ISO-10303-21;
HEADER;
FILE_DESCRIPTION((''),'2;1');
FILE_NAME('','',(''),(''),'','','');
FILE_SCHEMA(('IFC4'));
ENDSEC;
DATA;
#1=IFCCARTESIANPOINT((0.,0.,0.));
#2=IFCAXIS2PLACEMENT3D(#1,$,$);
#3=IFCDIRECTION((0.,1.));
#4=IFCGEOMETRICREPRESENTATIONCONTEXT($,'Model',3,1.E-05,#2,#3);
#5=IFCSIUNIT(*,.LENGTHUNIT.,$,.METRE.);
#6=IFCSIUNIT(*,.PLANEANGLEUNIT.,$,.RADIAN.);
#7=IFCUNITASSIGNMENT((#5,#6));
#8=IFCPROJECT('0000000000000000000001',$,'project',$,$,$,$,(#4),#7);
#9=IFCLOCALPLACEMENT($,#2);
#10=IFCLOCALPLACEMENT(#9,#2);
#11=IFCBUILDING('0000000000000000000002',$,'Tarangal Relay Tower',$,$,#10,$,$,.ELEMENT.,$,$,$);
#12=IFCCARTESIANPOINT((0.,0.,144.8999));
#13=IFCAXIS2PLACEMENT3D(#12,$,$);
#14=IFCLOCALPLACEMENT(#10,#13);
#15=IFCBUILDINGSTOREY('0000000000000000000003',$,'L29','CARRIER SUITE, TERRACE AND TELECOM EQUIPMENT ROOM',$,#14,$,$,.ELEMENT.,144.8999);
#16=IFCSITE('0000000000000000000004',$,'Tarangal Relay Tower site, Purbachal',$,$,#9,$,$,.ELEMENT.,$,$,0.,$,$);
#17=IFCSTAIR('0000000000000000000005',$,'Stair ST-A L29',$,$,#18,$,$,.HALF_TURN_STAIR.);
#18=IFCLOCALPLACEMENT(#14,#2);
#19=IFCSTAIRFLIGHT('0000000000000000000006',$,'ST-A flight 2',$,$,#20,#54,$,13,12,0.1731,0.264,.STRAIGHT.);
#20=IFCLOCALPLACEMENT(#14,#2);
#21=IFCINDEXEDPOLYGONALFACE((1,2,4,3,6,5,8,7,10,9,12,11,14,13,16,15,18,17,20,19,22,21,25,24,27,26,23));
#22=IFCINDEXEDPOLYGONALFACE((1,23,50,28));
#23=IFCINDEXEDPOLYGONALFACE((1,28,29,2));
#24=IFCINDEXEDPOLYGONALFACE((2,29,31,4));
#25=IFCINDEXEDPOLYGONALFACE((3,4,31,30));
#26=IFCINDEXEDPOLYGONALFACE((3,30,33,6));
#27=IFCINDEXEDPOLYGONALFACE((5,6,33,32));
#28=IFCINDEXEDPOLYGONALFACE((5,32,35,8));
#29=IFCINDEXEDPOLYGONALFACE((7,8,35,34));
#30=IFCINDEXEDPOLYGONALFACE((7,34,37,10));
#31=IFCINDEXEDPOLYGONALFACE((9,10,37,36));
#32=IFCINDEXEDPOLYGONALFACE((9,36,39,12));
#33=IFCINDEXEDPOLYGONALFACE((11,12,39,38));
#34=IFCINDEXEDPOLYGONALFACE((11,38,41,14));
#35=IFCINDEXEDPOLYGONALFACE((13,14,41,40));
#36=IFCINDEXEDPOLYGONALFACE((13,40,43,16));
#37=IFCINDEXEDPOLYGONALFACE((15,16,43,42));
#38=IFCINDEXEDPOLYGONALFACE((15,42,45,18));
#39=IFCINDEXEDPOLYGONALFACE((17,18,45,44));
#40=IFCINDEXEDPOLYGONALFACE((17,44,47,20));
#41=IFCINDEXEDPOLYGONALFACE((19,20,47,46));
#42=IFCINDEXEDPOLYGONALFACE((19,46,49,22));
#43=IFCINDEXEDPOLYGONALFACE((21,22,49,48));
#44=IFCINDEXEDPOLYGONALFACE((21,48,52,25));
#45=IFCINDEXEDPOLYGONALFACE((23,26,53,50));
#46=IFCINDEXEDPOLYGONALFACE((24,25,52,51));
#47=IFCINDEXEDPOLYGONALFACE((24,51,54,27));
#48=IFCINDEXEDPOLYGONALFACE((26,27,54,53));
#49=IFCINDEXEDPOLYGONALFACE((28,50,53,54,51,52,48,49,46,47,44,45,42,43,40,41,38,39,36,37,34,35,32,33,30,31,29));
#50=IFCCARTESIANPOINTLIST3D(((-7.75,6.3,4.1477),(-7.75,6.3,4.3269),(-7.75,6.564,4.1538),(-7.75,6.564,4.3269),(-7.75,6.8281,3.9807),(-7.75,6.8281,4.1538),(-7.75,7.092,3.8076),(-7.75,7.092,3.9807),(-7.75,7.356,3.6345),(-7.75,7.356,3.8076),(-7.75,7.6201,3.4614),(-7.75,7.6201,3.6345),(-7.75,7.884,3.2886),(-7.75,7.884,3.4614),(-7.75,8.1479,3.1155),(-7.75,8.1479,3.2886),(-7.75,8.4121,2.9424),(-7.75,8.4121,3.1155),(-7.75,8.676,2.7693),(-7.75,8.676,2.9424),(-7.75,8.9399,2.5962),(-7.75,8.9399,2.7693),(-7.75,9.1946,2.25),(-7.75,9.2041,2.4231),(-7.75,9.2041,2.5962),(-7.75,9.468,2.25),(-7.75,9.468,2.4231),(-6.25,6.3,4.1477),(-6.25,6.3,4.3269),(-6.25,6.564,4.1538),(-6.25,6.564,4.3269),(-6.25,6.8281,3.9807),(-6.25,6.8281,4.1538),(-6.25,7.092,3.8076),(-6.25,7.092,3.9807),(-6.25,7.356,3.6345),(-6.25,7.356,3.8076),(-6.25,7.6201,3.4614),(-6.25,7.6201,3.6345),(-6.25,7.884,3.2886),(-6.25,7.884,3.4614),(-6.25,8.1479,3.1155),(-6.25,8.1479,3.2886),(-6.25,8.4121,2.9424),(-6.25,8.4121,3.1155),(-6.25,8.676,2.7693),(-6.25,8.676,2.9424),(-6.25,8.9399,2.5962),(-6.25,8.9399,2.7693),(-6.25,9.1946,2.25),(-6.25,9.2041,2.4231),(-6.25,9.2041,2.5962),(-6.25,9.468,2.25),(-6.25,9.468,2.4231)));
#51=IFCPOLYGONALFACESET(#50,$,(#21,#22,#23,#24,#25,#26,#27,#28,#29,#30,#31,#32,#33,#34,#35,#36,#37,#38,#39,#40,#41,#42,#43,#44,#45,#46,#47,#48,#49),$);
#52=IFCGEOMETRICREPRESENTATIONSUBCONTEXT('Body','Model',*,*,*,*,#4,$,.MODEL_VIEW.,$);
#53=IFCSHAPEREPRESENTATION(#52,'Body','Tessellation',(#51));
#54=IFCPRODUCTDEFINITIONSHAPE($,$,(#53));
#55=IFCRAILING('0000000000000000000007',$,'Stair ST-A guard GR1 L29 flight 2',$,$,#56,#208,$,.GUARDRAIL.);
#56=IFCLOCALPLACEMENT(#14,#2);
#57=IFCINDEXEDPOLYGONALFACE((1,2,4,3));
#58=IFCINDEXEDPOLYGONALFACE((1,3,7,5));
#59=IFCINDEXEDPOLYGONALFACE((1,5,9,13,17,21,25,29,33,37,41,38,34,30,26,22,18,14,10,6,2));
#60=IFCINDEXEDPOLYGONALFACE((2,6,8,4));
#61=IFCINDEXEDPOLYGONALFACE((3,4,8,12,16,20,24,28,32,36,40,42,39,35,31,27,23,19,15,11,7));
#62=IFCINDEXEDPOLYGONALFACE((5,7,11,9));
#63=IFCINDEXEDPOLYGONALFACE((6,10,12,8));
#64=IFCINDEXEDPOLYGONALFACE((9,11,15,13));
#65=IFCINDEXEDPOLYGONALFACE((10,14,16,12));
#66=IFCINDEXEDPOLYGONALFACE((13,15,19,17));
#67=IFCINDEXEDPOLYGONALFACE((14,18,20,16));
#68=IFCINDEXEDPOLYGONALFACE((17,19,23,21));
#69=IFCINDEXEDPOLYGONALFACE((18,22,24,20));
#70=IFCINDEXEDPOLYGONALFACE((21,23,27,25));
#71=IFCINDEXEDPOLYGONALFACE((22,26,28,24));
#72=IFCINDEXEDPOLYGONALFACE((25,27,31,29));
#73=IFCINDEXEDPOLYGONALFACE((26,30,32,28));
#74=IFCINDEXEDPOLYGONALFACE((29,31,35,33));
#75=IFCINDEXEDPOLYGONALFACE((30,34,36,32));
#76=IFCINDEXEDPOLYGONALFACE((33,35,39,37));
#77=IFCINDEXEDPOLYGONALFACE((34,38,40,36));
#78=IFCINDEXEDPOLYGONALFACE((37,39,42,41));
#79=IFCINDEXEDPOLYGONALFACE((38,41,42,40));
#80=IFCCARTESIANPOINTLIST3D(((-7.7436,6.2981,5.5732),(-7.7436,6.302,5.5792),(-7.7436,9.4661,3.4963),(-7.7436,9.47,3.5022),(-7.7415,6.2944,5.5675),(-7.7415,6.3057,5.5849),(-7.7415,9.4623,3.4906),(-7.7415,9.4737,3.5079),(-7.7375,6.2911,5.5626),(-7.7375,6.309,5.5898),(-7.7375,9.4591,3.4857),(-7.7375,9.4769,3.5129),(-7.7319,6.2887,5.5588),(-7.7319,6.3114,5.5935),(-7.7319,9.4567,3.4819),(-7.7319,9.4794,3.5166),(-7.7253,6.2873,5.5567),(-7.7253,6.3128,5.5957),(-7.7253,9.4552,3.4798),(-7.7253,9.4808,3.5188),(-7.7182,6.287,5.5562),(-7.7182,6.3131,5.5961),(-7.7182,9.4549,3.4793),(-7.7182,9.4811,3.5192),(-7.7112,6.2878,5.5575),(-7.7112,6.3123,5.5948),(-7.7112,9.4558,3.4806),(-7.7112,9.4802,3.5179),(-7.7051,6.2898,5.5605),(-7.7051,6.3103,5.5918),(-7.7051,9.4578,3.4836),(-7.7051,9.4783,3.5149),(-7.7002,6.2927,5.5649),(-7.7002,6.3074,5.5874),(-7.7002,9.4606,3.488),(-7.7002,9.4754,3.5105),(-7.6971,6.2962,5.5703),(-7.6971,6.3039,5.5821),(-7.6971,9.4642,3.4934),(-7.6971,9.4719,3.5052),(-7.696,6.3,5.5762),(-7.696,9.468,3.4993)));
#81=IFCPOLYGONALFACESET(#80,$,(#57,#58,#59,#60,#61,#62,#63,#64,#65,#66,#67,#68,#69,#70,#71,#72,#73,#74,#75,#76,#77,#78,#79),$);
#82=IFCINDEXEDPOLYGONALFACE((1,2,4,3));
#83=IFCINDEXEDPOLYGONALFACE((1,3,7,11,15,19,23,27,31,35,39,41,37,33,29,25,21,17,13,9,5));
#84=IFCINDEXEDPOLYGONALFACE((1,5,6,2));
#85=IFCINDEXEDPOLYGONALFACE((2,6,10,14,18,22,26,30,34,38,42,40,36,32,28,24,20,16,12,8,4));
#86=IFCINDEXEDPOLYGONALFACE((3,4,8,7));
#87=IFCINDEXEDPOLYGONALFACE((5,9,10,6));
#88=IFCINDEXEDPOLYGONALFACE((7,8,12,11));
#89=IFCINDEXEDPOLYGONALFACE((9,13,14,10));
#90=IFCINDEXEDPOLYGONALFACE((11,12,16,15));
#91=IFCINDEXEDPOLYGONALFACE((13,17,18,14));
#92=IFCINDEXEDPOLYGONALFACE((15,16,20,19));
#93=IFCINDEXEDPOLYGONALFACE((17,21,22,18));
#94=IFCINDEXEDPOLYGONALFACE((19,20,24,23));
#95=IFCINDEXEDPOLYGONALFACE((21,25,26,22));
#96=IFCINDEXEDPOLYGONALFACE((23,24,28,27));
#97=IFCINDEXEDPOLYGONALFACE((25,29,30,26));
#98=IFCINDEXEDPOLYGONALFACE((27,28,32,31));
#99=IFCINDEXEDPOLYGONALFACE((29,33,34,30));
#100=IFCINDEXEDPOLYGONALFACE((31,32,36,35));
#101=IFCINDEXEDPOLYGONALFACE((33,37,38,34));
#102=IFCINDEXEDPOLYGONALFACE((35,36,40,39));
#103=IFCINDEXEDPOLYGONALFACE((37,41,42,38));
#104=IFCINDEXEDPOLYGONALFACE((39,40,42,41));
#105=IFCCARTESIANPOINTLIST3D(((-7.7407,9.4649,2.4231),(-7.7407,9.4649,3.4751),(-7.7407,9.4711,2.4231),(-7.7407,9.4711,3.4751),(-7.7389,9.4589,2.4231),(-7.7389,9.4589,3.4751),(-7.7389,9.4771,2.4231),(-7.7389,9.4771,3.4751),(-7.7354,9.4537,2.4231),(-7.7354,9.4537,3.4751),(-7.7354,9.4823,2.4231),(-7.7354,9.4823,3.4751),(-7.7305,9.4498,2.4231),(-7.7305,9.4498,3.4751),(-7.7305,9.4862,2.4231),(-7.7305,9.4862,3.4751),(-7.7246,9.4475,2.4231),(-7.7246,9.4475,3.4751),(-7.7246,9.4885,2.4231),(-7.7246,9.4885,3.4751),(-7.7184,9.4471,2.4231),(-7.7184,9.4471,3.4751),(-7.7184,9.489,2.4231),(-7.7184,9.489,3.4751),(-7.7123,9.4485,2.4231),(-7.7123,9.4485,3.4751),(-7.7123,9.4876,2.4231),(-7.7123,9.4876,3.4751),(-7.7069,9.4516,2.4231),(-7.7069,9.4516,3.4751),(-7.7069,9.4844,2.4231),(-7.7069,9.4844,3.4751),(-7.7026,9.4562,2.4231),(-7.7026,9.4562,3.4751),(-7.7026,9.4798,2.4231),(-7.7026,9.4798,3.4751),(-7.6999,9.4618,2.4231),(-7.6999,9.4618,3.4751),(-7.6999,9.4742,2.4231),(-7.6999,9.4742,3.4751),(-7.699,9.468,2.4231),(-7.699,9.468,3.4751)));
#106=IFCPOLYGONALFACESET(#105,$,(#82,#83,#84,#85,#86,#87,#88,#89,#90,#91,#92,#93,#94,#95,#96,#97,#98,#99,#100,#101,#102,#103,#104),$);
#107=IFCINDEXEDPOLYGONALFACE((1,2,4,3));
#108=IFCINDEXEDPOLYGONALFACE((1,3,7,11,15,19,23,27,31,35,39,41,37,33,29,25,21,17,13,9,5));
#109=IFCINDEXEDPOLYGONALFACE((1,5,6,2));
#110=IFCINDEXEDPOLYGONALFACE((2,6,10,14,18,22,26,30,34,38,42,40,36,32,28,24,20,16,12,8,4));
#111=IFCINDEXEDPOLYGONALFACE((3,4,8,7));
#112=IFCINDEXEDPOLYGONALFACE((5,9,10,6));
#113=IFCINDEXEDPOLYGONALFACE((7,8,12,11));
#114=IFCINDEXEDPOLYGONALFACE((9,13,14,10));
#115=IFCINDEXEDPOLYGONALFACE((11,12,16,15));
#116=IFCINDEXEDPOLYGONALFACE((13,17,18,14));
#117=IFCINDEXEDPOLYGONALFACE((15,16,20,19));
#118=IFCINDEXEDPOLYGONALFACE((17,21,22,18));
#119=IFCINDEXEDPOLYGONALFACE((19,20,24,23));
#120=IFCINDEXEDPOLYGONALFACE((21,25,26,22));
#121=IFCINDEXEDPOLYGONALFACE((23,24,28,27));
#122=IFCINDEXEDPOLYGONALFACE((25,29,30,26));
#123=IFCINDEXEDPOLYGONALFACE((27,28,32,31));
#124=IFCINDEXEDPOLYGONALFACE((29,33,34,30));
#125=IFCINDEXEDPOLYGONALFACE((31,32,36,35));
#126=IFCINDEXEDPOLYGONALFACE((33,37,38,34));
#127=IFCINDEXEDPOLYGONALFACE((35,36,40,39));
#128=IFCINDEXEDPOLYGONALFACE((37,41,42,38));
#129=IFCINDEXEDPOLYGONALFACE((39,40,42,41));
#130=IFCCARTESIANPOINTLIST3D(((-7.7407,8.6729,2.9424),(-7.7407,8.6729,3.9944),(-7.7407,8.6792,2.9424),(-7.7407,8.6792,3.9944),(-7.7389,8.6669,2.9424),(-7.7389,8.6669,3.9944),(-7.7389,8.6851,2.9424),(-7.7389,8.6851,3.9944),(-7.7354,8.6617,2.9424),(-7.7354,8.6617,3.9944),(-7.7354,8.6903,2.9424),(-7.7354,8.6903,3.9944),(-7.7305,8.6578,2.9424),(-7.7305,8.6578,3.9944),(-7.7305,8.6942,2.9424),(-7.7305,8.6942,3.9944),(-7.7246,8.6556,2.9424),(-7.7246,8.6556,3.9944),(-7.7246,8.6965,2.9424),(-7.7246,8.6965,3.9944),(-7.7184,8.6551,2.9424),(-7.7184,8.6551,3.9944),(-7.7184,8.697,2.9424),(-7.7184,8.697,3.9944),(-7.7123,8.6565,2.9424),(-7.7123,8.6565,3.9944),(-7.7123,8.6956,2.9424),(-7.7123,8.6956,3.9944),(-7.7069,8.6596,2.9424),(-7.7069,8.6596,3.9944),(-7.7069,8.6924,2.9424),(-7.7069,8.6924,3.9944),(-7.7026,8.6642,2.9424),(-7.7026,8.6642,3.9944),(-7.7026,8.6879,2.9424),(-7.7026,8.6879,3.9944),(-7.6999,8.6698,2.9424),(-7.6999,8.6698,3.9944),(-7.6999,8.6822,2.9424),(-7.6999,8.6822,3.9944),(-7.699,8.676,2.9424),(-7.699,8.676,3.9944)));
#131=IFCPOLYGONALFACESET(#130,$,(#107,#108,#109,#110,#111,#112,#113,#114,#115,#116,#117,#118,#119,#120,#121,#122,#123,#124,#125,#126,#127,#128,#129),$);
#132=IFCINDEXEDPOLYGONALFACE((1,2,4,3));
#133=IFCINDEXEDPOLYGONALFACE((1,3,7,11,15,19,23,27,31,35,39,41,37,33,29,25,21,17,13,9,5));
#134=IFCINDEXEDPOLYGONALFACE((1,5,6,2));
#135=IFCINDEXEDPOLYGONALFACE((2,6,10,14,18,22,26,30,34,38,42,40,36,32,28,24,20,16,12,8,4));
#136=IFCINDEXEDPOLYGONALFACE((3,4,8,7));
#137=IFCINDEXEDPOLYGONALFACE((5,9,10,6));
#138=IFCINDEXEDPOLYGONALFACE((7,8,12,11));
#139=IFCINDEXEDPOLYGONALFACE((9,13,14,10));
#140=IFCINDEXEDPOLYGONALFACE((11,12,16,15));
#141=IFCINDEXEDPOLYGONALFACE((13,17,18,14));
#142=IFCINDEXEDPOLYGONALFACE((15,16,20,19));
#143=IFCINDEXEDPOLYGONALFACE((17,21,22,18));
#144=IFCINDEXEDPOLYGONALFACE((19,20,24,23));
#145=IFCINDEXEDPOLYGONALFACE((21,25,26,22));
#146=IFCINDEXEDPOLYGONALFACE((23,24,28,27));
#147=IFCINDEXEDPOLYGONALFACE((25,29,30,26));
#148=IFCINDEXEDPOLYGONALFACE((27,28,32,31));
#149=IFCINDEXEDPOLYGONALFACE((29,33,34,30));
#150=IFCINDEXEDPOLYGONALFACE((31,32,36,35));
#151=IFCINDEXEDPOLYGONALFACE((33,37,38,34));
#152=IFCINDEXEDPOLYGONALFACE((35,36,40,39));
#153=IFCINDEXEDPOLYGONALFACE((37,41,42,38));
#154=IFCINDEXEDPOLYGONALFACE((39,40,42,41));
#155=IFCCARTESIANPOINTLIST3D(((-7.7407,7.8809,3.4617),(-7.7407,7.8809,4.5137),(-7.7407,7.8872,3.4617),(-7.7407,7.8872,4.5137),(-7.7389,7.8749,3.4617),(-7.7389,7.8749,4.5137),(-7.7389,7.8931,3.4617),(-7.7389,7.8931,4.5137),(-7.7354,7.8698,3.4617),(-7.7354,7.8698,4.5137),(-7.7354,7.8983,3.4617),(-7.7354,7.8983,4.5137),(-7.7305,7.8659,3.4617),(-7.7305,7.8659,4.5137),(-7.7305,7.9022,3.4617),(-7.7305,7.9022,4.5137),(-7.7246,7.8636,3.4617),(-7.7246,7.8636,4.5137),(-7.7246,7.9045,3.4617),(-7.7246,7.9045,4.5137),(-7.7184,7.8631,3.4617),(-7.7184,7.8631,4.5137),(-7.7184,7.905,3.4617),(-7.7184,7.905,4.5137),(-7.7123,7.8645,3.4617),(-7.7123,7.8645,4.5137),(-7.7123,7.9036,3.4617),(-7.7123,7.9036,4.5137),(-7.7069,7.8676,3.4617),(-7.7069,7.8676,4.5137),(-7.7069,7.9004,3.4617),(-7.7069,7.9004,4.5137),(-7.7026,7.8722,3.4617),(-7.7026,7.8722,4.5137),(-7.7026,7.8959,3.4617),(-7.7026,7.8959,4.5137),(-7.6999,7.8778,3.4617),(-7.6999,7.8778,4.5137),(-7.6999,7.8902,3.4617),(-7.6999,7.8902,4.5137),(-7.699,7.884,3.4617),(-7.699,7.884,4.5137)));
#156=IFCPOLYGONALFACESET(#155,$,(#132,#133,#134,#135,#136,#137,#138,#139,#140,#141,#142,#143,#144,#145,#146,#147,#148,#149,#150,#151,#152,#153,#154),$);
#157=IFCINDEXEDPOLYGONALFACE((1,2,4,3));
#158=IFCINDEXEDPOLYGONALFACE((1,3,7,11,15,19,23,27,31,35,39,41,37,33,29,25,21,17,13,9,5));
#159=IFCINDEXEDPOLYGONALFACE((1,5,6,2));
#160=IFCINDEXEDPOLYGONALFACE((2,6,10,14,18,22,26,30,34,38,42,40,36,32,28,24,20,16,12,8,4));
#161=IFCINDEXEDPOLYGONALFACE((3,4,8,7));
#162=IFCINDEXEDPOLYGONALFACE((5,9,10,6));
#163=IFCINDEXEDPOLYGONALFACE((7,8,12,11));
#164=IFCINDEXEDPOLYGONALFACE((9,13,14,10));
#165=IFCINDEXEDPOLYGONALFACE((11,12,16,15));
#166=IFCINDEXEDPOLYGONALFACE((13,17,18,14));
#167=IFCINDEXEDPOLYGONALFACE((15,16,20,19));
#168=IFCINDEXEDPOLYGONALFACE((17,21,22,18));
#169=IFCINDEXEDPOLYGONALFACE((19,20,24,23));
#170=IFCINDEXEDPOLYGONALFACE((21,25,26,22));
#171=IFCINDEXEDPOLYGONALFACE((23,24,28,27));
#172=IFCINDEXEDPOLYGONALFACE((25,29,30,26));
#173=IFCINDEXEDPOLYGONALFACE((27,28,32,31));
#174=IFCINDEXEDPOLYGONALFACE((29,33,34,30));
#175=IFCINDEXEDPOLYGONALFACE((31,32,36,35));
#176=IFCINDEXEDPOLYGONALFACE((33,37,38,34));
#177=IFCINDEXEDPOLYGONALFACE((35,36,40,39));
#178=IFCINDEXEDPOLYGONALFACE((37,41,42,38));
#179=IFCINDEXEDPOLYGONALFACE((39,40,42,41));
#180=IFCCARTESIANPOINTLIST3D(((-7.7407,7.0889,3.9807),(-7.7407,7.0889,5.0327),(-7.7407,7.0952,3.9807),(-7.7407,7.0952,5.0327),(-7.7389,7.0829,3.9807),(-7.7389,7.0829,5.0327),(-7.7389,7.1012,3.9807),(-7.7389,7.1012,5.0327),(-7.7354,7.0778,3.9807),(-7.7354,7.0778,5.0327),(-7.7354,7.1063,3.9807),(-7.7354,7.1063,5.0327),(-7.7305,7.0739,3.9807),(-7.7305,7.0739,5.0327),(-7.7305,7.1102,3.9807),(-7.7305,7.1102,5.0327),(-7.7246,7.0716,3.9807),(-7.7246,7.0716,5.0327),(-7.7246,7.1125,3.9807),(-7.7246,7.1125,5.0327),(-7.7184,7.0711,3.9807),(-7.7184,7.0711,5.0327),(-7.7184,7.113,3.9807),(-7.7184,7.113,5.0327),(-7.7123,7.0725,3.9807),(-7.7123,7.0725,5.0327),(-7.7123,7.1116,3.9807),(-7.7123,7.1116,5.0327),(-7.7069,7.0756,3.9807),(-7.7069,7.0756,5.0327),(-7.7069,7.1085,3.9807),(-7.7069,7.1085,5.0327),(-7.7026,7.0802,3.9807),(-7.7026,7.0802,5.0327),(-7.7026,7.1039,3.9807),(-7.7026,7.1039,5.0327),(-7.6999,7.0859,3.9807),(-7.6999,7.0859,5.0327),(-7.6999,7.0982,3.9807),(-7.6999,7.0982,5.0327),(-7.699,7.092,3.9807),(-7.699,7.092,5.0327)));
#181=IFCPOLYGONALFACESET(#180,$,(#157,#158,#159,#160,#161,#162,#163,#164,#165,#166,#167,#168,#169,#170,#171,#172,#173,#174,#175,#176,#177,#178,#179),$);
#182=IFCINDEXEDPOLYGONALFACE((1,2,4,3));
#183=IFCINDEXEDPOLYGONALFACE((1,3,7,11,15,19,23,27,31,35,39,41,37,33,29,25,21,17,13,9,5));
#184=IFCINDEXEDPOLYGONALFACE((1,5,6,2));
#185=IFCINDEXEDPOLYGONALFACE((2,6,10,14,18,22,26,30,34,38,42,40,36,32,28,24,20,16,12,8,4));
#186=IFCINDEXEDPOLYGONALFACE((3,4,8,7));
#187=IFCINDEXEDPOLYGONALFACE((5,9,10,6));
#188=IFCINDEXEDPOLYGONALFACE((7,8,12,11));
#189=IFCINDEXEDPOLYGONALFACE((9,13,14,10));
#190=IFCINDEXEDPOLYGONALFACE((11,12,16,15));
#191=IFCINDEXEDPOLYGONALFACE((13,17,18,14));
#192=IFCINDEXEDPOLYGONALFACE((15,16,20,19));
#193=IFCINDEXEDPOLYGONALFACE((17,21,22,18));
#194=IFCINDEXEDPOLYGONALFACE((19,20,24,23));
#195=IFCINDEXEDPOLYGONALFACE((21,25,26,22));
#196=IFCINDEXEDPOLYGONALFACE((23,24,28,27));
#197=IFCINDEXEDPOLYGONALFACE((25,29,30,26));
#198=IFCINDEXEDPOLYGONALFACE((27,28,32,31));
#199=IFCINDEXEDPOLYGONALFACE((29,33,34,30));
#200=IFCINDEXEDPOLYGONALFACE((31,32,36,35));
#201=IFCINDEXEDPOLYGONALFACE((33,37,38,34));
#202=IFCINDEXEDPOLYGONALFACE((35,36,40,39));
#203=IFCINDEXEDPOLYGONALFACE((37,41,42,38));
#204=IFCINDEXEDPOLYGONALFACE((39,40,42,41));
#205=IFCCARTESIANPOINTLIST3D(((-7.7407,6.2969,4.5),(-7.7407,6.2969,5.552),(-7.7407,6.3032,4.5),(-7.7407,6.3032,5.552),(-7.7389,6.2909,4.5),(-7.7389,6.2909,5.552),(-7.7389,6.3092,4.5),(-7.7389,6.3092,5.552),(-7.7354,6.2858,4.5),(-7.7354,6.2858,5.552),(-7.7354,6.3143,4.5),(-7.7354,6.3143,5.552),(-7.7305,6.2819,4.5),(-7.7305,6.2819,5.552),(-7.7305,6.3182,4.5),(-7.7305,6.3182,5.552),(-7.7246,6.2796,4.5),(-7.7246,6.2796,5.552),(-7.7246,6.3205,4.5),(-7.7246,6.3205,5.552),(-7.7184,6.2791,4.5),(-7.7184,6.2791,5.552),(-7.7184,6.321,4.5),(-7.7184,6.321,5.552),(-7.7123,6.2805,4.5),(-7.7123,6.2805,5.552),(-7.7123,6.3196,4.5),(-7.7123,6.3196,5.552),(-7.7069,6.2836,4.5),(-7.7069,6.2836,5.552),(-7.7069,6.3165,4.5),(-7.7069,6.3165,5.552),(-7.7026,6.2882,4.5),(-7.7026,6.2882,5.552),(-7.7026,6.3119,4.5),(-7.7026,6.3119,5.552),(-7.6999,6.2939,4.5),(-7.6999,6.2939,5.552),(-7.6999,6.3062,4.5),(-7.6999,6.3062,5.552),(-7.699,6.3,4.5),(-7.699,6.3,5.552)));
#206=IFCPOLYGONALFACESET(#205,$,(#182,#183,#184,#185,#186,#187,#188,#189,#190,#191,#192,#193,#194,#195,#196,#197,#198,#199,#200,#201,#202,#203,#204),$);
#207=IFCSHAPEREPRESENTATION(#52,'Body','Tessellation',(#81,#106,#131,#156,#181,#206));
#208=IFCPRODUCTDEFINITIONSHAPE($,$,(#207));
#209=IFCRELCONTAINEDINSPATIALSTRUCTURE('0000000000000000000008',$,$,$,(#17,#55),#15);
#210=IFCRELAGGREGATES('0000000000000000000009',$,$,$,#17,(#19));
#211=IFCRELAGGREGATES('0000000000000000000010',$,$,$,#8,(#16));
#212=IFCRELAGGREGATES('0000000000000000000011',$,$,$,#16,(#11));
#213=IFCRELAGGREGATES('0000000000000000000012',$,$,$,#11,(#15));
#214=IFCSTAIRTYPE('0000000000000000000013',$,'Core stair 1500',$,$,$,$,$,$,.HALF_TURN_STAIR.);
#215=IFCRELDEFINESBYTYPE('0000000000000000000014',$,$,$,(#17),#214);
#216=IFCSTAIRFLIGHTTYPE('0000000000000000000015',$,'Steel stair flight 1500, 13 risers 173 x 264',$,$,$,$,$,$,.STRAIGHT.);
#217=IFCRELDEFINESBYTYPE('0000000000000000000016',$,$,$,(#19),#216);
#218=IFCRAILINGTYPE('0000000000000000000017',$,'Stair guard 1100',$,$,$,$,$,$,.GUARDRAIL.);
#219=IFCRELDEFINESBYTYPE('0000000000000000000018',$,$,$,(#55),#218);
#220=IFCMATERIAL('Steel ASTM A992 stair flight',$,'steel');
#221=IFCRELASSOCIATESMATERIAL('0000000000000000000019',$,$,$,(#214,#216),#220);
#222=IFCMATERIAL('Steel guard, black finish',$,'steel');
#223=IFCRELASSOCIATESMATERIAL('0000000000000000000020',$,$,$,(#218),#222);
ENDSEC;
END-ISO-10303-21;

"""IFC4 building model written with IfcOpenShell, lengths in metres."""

from ifc_helpers import new_model, si_unit, direction, frame, origin, origin_2d, place, context, subcontext, project, spatial, polyline, circle, outline, extrude, material, type_object, element, aggregate, save


model = new_model("IFC4")

# Units and contexts
model_context = context("Model", 3, precision=1e-05, world=origin(), true_north=direction((0.0, 1.0)))
body_context = subcontext(model_context, "Body", "Model", "MODEL_VIEW")
ifc_project = project(units=[si_unit("LENGTHUNIT", "METRE"), si_unit("PLANEANGLEUNIT", "RADIAN")], contexts=[model_context])

# Site, building, storey
site_placement = place(None, origin())
site = spatial("IfcSite", under=ifc_project, at=site_placement, Name="Tarangal Relay Tower site, Purbachal", CompositionType="ELEMENT", RefElevation=0.0)
building_placement = place(site_placement, origin())
building = spatial("IfcBuilding", under=site, at=building_placement, Name="Tarangal Relay Tower", CompositionType="ELEMENT")
storey_placement = place(building_placement, frame((0.0, 0.0, 144.8999)))
storey = spatial("IfcBuildingStorey", under=building, at=storey_placement, Name="L29", Description="CARRIER SUITE, TERRACE AND TELECOM EQUIPMENT ROOM", CompositionType="ELEMENT", Elevation=144.8999)

# Stair, stair flight
ifc_material_1 = material(Name="Steel ASTM A992 stair flight", Category="steel")
stair_type = type_object("IfcStairType", Name="Core stair 1500", PredefinedType="HALF_TURN_STAIR", material=ifc_material_1)
stair_placement = place(storey_placement, origin())
stair = element("IfcStair", 1, at=stair_placement, inside=storey, type_object=stair_type, Name="Stair ST-A L29", PredefinedType="HALF_TURN_STAIR")
stair_flight_type = type_object("IfcStairFlightType", Name="Steel stair flight 1500, 13 risers 173 x 264", PredefinedType="STRAIGHT", material=ifc_material_1)
stair_flight_placement = place(storey_placement, frame((-7.0, 9.468, 2.25), z_axis=(0.0, 0.0, 1.0), x_axis=(0.0, -1.0, 0.0)))
stair_flight = element("IfcStairFlight", 2, at=stair_flight_placement, type_object=stair_flight_type, Name="ST-A flight 2", NumberOfRisers=13, NumberOfTreads=12, PredefinedType="STRAIGHT", RiserHeight=0.1731, TreadLength=0.264, context=body_context, shape_type="SweptSolid", body=[
    extrude(outline(polyline([(0.0, 0.0), (0.0, 0.1731), (0.2639, 0.1731), (0.2639, 0.3462), (0.5281, 0.3462), (0.5281, 0.5193), (0.792, 0.5193), (0.792, 0.6924), (1.0559, 0.6924), (1.0559, 0.8655), (1.3201, 0.8655), (1.3201, 1.0386), (1.584, 1.0386), (1.584, 1.2114), (1.8479, 1.2114), (1.8479, 1.3845), (2.1121, 1.3845), (2.1121, 1.5576), (2.376, 1.5576), (2.376, 1.7307), (2.6399, 1.7307), (2.6399, 1.9038), (2.9041, 1.9038), (2.9041, 2.0769), (3.168, 2.0769), (3.168, 2.25), (3.168, 1.8977), (0.2734, 0.0), (0.0, 0.0)])), frame((0.0, 0.75, 0.0), z_axis=(0.0, -1.0, 0.0), x_axis=(1.0, 0.0, 0.0)), (0.0, 0.0, 1.0), 1.5),
])
aggregate(stair, [stair_flight])

# Railing
ifc_material_2 = material(Name="Steel guard, black finish", Category="steel")
railing_type_1 = type_object("IfcRailingType", Name="Stair guard 1100", PredefinedType="GUARDRAIL", material=ifc_material_2)
railing_1_placement = place(storey_placement, frame((-7.72, 9.468, 2.4231)))
element("IfcRailing", 3, at=railing_1_placement, inside=storey, type_object=railing_type_1, Name="Stair ST-A guard GR1 L29 flight 2", PredefinedType="GUARDRAIL", context=body_context, shape_type="SweptSolid", body=[
    extrude(circle(Radius=0.0239, at=origin_2d()), frame((0.0, 0.0, 1.0762), z_axis=(0.0, -0.836299, 0.548273), x_axis=(1.0, 0.0, 0.0)), (0.0, 0.0, 1.0), 3.7881),
    extrude(circle(Radius=0.021, at=origin_2d()), origin(), (0.0, 0.0, 1.0), 1.052),
    extrude(circle(Radius=0.021, at=origin_2d()), frame((0.0, -0.792, 0.5193)), (0.0, 0.0, 1.0), 1.052),
    extrude(circle(Radius=0.021, at=origin_2d()), frame((0.0, -1.584, 1.0386)), (0.0, 0.0, 1.0), 1.052),
    extrude(circle(Radius=0.021, at=origin_2d()), frame((0.0, -2.376, 1.5576)), (0.0, 0.0, 1.0), 1.052),
    extrude(circle(Radius=0.021, at=origin_2d()), frame((0.0, -3.168, 2.0769)), (0.0, 0.0, 1.0), 1.052),
])

save(model, "model.ifc")
